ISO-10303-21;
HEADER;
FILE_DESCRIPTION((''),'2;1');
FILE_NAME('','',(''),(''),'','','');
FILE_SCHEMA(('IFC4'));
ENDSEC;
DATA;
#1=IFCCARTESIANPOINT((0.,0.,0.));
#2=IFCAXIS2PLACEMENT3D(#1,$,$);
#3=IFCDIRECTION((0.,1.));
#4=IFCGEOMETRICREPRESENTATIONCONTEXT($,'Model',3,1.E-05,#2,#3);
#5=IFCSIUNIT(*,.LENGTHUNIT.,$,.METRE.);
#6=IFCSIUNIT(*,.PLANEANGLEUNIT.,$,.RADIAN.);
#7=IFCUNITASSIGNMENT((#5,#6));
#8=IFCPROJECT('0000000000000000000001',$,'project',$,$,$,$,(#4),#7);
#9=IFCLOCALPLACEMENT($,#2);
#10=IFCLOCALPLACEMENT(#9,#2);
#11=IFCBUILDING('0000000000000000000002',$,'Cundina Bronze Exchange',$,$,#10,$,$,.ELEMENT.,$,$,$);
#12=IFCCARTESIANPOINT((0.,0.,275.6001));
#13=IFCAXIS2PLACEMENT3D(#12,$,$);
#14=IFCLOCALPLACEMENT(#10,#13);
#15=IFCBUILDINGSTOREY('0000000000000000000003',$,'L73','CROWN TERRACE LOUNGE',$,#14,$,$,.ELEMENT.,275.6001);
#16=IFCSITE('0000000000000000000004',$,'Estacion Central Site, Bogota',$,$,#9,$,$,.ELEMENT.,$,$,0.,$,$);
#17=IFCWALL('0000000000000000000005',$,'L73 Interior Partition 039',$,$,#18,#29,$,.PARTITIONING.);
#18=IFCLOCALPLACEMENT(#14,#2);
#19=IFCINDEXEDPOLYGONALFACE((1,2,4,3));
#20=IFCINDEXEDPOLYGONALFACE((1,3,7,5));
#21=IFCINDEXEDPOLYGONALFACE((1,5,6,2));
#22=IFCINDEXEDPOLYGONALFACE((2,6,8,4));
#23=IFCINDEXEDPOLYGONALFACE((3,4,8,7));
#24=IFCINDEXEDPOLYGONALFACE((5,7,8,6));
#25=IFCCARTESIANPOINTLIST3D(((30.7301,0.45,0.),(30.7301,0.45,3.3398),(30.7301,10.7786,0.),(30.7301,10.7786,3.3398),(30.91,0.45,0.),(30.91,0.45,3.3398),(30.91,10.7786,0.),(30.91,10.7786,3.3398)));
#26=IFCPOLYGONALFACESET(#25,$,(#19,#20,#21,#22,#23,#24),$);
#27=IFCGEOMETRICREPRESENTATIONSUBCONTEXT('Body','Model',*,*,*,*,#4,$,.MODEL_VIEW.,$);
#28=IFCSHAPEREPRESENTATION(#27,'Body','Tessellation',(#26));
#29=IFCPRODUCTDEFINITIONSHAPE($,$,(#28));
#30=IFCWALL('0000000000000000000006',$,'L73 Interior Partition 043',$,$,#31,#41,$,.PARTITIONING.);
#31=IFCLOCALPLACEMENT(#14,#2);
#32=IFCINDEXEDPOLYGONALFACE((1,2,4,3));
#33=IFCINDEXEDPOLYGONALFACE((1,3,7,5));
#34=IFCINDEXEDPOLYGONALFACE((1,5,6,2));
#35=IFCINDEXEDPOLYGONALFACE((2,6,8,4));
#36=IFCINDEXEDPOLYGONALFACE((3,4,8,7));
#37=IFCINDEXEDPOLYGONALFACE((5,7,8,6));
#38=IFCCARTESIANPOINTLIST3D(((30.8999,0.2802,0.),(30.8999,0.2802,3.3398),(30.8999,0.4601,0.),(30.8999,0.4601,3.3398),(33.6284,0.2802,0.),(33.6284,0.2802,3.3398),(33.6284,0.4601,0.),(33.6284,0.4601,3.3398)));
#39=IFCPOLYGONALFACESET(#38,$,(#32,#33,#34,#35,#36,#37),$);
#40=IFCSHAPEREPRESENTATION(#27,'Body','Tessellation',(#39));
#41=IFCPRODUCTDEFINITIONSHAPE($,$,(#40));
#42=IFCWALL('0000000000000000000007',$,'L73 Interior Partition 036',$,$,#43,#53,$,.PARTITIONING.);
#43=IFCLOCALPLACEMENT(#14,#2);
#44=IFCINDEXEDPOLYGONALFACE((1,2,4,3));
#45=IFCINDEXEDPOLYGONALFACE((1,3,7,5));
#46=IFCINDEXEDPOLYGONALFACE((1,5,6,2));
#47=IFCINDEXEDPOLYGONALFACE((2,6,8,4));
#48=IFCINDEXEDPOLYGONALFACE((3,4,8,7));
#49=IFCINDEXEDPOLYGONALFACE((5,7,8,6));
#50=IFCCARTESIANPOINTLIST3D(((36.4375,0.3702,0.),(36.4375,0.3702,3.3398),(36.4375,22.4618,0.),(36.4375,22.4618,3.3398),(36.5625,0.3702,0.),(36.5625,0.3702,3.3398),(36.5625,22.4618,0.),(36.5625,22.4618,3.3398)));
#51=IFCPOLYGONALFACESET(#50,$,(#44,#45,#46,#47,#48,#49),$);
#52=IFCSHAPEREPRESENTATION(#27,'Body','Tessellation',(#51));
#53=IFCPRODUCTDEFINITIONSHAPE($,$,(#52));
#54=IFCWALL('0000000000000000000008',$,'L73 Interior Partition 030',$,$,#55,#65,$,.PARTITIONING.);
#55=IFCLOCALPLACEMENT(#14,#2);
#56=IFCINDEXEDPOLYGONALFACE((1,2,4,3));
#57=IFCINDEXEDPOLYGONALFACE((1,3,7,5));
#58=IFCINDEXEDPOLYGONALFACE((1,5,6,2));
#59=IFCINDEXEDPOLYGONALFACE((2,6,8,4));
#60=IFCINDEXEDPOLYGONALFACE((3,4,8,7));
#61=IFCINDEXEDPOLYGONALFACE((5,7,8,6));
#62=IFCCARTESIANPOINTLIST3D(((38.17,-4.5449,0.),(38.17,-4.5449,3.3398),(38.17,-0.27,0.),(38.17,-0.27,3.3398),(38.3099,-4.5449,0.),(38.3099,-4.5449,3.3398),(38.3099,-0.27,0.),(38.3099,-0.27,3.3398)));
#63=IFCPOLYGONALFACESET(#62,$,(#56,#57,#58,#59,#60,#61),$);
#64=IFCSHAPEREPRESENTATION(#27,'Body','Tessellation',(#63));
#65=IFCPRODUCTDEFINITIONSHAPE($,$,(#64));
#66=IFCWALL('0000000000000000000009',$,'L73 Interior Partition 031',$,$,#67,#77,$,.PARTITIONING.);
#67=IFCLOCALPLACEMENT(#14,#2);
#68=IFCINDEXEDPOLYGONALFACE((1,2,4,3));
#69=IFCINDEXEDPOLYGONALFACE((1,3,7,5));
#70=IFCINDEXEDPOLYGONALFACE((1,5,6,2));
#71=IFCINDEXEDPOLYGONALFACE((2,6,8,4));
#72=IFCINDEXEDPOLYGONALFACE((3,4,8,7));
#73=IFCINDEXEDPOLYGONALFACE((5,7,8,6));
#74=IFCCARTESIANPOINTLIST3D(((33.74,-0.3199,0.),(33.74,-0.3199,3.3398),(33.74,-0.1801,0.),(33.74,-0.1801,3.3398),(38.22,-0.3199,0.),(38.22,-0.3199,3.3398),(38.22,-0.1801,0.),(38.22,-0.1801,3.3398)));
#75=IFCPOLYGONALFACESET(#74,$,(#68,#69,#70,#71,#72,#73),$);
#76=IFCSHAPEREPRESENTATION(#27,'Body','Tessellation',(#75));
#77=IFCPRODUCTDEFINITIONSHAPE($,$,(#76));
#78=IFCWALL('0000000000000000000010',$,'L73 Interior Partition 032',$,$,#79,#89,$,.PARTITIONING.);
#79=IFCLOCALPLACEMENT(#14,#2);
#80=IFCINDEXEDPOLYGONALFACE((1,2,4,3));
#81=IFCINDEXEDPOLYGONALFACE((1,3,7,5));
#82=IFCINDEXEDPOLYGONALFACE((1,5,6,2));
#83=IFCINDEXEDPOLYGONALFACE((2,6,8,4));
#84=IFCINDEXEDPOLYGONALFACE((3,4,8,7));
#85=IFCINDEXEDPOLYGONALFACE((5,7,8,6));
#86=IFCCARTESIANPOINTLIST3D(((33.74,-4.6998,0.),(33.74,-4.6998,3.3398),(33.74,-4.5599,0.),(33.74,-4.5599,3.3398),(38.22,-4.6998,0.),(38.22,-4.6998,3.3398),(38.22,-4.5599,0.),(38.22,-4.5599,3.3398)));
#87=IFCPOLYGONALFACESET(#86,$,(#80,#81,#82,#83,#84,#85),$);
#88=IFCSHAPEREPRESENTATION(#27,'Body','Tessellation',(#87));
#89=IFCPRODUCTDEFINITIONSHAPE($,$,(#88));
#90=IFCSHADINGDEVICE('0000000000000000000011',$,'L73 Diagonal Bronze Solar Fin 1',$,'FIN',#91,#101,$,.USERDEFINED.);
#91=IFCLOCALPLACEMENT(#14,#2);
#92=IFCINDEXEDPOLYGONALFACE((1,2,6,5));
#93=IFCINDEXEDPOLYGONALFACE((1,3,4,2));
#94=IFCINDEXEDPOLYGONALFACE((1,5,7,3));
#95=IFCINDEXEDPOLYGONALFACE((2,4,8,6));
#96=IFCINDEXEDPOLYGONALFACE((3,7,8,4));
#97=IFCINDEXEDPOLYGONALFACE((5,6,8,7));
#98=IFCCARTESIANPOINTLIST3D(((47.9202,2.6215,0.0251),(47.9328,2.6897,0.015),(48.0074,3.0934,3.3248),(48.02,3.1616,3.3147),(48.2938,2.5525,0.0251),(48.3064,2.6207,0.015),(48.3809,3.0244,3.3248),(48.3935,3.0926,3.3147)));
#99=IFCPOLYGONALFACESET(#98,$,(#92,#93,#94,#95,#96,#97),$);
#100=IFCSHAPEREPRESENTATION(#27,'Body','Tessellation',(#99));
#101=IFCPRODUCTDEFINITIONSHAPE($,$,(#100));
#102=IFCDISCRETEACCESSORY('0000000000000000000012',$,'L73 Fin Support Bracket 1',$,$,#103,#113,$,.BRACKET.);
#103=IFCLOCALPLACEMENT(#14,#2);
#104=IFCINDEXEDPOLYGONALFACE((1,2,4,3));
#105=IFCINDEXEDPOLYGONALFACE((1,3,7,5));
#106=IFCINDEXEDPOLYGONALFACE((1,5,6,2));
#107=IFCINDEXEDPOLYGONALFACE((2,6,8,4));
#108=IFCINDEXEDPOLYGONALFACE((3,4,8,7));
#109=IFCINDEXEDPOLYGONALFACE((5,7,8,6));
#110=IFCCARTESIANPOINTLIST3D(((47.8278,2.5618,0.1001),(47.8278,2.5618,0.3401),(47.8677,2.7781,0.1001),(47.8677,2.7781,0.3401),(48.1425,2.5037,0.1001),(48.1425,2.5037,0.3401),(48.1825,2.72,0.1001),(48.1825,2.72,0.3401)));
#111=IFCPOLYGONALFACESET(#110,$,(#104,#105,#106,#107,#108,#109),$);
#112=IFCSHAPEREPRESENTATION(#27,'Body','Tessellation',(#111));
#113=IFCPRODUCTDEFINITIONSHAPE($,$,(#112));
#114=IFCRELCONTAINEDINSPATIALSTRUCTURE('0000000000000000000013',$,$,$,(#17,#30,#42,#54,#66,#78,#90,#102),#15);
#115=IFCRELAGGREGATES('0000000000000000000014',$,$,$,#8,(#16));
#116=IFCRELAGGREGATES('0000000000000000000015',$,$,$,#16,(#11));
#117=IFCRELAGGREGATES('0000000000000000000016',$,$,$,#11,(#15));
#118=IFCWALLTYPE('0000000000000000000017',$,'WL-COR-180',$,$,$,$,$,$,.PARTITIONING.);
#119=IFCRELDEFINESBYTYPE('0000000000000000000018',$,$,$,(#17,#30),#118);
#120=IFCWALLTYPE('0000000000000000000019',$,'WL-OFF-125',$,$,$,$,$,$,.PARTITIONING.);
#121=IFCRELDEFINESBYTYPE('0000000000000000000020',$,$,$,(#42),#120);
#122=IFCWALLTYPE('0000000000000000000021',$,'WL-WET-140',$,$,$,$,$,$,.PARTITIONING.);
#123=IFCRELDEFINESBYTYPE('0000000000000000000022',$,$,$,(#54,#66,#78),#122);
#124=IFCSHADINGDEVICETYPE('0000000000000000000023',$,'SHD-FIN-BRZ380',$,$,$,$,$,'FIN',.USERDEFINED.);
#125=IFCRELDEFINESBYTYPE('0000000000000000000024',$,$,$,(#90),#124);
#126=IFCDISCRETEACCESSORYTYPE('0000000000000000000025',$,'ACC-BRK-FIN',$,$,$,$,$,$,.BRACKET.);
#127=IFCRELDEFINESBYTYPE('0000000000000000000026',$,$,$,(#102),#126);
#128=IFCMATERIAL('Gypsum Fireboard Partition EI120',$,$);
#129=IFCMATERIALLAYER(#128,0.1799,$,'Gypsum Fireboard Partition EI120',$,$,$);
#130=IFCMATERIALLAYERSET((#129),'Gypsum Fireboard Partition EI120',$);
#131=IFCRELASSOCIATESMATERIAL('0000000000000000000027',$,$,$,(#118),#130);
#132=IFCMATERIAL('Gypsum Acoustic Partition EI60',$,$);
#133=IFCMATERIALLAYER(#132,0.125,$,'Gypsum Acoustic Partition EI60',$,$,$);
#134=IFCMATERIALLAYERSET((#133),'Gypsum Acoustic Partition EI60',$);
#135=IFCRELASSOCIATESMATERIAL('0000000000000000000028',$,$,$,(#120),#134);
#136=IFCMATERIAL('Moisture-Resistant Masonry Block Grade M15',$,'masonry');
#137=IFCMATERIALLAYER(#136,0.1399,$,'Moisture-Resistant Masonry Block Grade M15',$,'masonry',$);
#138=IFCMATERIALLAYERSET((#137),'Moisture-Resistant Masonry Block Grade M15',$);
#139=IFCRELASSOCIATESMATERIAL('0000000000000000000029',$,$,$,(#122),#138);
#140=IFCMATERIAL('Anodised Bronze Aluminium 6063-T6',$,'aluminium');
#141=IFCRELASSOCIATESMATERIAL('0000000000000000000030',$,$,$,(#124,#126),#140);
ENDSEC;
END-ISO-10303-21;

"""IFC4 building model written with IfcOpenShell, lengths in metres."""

from ifc_helpers import new_model, si_unit, direction, frame, frame_2d, origin, origin_2d, place, context, subcontext, project, spatial, rectangle, extrude, material, layer, layer_set, material_profile, profile_set, type_object, element, save


model = new_model("IFC4")

# Units and contexts
model_context = context("Model", 3, precision=1e-05, world=origin(), true_north=direction((0.0, 1.0)))
body_context = subcontext(model_context, "Body", "Model", "MODEL_VIEW")
ifc_project = project(units=[si_unit("LENGTHUNIT", "METRE"), si_unit("PLANEANGLEUNIT", "RADIAN")], contexts=[model_context])

# Site, building, storey
site_placement = place(None, origin())
site = spatial("IfcSite", under=ifc_project, at=site_placement, Name="Estacion Central Site, Bogota", CompositionType="ELEMENT", RefElevation=0.0)
building_placement = place(site_placement, origin())
building = spatial("IfcBuilding", under=site, at=building_placement, Name="Cundina Bronze Exchange", CompositionType="ELEMENT")
storey_placement = place(building_placement, frame((0.0, 0.0, 275.6001)))
storey = spatial("IfcBuildingStorey", under=building, at=storey_placement, Name="L73", Description="CROWN TERRACE LOUNGE", CompositionType="ELEMENT", Elevation=275.6001)

# Shared definitions
ifc_material_1 = material(Name="Anodised Bronze Aluminium 6063-T6", Category="aluminium")

# Shared definitions
ifc_material_2 = material(Name="Gypsum Fireboard Partition EI120")
ifc_layer_1 = layer(ifc_material_2, 0.1799, Name="Gypsum Fireboard Partition EI120")
ifc_layer_set_1 = layer_set([ifc_layer_1], Name="Gypsum Fireboard Partition EI120")
wall_type_1 = type_object("IfcWallType", Name="WL-COR-180", PredefinedType="PARTITIONING", material=ifc_layer_set_1)

# Walls
wall_1_placement = place(storey_placement, frame((30.8201, 0.45, 0.0), z_axis=(0.0, 0.0, 1.0), x_axis=(0.0, 1.0, 0.0)))
element("IfcWall", 1, at=wall_1_placement, inside=storey, type_object=wall_type_1, Name="L73 Interior Partition 039", PredefinedType="PARTITIONING", context=body_context, shape_type="SweptSolid", body=[
    extrude(rectangle(XDim=10.3286, YDim=0.1799, at=frame_2d((5.1643, 0.0))), origin(), (0.0, 0.0, 1.0), 3.3398),
])
wall_2_placement = place(storey_placement, frame((33.6284, 0.3701, 0.0), z_axis=(0.0, 0.0, 1.0), x_axis=(-1.0, 0.0, 0.0)))
element("IfcWall", 2, at=wall_2_placement, inside=storey, type_object=wall_type_1, Name="L73 Interior Partition 043", PredefinedType="PARTITIONING", context=body_context, shape_type="SweptSolid", body=[
    extrude(rectangle(XDim=2.7285, YDim=0.1799, at=frame_2d((1.3643, 0.0))), origin(), (0.0, 0.0, 1.0), 3.3398),
])
ifc_material_3 = material(Name="Gypsum Acoustic Partition EI60")
ifc_layer_2 = layer(ifc_material_3, 0.125, Name="Gypsum Acoustic Partition EI60")
ifc_layer_set_2 = layer_set([ifc_layer_2], Name="Gypsum Acoustic Partition EI60")
wall_type_2 = type_object("IfcWallType", Name="WL-OFF-125", PredefinedType="PARTITIONING", material=ifc_layer_set_2)
wall_3_placement = place(storey_placement, frame((36.5, 0.3701, 0.0), z_axis=(0.0, 0.0, 1.0), x_axis=(0.0, 1.0, 0.0)))
element("IfcWall", 3, at=wall_3_placement, inside=storey, type_object=wall_type_2, Name="L73 Interior Partition 036", PredefinedType="PARTITIONING", context=body_context, shape_type="SweptSolid", body=[
    extrude(rectangle(XDim=22.0916, YDim=0.125, at=frame_2d((11.0459, 0.0))), origin(), (0.0, 0.0, 1.0), 3.3398),
])
ifc_material_4 = material(Name="Moisture-Resistant Masonry Block Grade M15", Category="masonry")
ifc_layer_3 = layer(ifc_material_4, 0.1399, Name="Moisture-Resistant Masonry Block Grade M15", Category="masonry")
ifc_layer_set_3 = layer_set([ifc_layer_3], Name="Moisture-Resistant Masonry Block Grade M15")
wall_type_3 = type_object("IfcWallType", Name="WL-WET-140", PredefinedType="PARTITIONING", material=ifc_layer_set_3)
wall_4_placement = place(storey_placement, frame((38.24, -4.5449, 0.0), z_axis=(0.0, 0.0, 1.0), x_axis=(0.0, 1.0, 0.0)))
element("IfcWall", 4, at=wall_4_placement, inside=storey, type_object=wall_type_3, Name="L73 Interior Partition 030", PredefinedType="PARTITIONING", context=body_context, shape_type="SweptSolid", body=[
    extrude(rectangle(XDim=4.2749, YDim=0.1399, at=frame_2d((2.1375, 0.0))), origin(), (0.0, 0.0, 1.0), 3.3398),
])
for number, where, z_axis, x_axis, name in (
    (5, (33.74, -0.25, 0.0), (0.0, 0.0, 1.0), (1.0, 0.0, 0.0), "L73 Interior Partition 031"),
    (6, (33.74, -4.6299, 0.0), (0.0, 0.0, 1.0), (1.0, 0.0, 0.0), "L73 Interior Partition 032"),
):
    element("IfcWall", number, at=place(storey_placement, frame(where, z_axis=z_axis, x_axis=x_axis)), inside=storey, type_object=wall_type_3, Name=name, PredefinedType="PARTITIONING", context=body_context, shape_type="SweptSolid", body=[
        extrude(rectangle(XDim=4.48, YDim=0.1399, at=frame_2d((2.24, 0.0))), origin(), (0.0, 0.0, 1.0), 3.3398),
    ])

# Shading device
ifc_material_profile_1 = material_profile(ifc_material_1, rectangle(XDim=0.0701, YDim=0.3799, at=origin_2d()), Name="FIN70X380", Category="aluminium")
ifc_profile_set_1 = profile_set([ifc_material_profile_1], Name="Anodised Bronze Aluminium 6063-T6")
shading_device_type = type_object("IfcShadingDeviceType", Name="SHD-FIN-BRZ380", ElementType="FIN", PredefinedType="USERDEFINED", material=ifc_profile_set_1)
shading_device_placement = place(storey_placement, frame((48.1133, 2.6211, 0.02), z_axis=(0.026138, 0.141527, 0.989589), x_axis=(-0.179725, -0.973132, 0.14392)))
element("IfcShadingDevice", 7, at=shading_device_placement, inside=storey, type_object=shading_device_type, Name="L73 Diagonal Bronze Solar Fin 1", ObjectType="FIN", PredefinedType="USERDEFINED", context=body_context, shape_type="SweptSolid", body=[
    extrude(rectangle(XDim=0.0701, YDim=0.3799, at=origin_2d()), origin(), (0.0, 0.0, 1.0), 3.3345),
])

# Discrete accessory
discrete_accessory_type = type_object("IfcDiscreteAccessoryType", Name="ACC-BRK-FIN", PredefinedType="BRACKET", material=ifc_material_1)
discrete_accessory_placement = place(storey_placement, frame((48.0051, 2.6409, 0.1001), z_axis=(0.0, 0.0, 1.0), x_axis=(0.181566, 0.983379, 0.0)))
element("IfcDiscreteAccessory", 8, at=discrete_accessory_placement, inside=storey, type_object=discrete_accessory_type, Name="L73 Fin Support Bracket 1", PredefinedType="BRACKET", context=body_context, shape_type="SweptSolid", body=[
    extrude(rectangle(XDim=0.22, YDim=0.3201, at=origin_2d()), origin(), (0.0, 0.0, 1.0), 0.24),
])

save(model, "model.ifc")
